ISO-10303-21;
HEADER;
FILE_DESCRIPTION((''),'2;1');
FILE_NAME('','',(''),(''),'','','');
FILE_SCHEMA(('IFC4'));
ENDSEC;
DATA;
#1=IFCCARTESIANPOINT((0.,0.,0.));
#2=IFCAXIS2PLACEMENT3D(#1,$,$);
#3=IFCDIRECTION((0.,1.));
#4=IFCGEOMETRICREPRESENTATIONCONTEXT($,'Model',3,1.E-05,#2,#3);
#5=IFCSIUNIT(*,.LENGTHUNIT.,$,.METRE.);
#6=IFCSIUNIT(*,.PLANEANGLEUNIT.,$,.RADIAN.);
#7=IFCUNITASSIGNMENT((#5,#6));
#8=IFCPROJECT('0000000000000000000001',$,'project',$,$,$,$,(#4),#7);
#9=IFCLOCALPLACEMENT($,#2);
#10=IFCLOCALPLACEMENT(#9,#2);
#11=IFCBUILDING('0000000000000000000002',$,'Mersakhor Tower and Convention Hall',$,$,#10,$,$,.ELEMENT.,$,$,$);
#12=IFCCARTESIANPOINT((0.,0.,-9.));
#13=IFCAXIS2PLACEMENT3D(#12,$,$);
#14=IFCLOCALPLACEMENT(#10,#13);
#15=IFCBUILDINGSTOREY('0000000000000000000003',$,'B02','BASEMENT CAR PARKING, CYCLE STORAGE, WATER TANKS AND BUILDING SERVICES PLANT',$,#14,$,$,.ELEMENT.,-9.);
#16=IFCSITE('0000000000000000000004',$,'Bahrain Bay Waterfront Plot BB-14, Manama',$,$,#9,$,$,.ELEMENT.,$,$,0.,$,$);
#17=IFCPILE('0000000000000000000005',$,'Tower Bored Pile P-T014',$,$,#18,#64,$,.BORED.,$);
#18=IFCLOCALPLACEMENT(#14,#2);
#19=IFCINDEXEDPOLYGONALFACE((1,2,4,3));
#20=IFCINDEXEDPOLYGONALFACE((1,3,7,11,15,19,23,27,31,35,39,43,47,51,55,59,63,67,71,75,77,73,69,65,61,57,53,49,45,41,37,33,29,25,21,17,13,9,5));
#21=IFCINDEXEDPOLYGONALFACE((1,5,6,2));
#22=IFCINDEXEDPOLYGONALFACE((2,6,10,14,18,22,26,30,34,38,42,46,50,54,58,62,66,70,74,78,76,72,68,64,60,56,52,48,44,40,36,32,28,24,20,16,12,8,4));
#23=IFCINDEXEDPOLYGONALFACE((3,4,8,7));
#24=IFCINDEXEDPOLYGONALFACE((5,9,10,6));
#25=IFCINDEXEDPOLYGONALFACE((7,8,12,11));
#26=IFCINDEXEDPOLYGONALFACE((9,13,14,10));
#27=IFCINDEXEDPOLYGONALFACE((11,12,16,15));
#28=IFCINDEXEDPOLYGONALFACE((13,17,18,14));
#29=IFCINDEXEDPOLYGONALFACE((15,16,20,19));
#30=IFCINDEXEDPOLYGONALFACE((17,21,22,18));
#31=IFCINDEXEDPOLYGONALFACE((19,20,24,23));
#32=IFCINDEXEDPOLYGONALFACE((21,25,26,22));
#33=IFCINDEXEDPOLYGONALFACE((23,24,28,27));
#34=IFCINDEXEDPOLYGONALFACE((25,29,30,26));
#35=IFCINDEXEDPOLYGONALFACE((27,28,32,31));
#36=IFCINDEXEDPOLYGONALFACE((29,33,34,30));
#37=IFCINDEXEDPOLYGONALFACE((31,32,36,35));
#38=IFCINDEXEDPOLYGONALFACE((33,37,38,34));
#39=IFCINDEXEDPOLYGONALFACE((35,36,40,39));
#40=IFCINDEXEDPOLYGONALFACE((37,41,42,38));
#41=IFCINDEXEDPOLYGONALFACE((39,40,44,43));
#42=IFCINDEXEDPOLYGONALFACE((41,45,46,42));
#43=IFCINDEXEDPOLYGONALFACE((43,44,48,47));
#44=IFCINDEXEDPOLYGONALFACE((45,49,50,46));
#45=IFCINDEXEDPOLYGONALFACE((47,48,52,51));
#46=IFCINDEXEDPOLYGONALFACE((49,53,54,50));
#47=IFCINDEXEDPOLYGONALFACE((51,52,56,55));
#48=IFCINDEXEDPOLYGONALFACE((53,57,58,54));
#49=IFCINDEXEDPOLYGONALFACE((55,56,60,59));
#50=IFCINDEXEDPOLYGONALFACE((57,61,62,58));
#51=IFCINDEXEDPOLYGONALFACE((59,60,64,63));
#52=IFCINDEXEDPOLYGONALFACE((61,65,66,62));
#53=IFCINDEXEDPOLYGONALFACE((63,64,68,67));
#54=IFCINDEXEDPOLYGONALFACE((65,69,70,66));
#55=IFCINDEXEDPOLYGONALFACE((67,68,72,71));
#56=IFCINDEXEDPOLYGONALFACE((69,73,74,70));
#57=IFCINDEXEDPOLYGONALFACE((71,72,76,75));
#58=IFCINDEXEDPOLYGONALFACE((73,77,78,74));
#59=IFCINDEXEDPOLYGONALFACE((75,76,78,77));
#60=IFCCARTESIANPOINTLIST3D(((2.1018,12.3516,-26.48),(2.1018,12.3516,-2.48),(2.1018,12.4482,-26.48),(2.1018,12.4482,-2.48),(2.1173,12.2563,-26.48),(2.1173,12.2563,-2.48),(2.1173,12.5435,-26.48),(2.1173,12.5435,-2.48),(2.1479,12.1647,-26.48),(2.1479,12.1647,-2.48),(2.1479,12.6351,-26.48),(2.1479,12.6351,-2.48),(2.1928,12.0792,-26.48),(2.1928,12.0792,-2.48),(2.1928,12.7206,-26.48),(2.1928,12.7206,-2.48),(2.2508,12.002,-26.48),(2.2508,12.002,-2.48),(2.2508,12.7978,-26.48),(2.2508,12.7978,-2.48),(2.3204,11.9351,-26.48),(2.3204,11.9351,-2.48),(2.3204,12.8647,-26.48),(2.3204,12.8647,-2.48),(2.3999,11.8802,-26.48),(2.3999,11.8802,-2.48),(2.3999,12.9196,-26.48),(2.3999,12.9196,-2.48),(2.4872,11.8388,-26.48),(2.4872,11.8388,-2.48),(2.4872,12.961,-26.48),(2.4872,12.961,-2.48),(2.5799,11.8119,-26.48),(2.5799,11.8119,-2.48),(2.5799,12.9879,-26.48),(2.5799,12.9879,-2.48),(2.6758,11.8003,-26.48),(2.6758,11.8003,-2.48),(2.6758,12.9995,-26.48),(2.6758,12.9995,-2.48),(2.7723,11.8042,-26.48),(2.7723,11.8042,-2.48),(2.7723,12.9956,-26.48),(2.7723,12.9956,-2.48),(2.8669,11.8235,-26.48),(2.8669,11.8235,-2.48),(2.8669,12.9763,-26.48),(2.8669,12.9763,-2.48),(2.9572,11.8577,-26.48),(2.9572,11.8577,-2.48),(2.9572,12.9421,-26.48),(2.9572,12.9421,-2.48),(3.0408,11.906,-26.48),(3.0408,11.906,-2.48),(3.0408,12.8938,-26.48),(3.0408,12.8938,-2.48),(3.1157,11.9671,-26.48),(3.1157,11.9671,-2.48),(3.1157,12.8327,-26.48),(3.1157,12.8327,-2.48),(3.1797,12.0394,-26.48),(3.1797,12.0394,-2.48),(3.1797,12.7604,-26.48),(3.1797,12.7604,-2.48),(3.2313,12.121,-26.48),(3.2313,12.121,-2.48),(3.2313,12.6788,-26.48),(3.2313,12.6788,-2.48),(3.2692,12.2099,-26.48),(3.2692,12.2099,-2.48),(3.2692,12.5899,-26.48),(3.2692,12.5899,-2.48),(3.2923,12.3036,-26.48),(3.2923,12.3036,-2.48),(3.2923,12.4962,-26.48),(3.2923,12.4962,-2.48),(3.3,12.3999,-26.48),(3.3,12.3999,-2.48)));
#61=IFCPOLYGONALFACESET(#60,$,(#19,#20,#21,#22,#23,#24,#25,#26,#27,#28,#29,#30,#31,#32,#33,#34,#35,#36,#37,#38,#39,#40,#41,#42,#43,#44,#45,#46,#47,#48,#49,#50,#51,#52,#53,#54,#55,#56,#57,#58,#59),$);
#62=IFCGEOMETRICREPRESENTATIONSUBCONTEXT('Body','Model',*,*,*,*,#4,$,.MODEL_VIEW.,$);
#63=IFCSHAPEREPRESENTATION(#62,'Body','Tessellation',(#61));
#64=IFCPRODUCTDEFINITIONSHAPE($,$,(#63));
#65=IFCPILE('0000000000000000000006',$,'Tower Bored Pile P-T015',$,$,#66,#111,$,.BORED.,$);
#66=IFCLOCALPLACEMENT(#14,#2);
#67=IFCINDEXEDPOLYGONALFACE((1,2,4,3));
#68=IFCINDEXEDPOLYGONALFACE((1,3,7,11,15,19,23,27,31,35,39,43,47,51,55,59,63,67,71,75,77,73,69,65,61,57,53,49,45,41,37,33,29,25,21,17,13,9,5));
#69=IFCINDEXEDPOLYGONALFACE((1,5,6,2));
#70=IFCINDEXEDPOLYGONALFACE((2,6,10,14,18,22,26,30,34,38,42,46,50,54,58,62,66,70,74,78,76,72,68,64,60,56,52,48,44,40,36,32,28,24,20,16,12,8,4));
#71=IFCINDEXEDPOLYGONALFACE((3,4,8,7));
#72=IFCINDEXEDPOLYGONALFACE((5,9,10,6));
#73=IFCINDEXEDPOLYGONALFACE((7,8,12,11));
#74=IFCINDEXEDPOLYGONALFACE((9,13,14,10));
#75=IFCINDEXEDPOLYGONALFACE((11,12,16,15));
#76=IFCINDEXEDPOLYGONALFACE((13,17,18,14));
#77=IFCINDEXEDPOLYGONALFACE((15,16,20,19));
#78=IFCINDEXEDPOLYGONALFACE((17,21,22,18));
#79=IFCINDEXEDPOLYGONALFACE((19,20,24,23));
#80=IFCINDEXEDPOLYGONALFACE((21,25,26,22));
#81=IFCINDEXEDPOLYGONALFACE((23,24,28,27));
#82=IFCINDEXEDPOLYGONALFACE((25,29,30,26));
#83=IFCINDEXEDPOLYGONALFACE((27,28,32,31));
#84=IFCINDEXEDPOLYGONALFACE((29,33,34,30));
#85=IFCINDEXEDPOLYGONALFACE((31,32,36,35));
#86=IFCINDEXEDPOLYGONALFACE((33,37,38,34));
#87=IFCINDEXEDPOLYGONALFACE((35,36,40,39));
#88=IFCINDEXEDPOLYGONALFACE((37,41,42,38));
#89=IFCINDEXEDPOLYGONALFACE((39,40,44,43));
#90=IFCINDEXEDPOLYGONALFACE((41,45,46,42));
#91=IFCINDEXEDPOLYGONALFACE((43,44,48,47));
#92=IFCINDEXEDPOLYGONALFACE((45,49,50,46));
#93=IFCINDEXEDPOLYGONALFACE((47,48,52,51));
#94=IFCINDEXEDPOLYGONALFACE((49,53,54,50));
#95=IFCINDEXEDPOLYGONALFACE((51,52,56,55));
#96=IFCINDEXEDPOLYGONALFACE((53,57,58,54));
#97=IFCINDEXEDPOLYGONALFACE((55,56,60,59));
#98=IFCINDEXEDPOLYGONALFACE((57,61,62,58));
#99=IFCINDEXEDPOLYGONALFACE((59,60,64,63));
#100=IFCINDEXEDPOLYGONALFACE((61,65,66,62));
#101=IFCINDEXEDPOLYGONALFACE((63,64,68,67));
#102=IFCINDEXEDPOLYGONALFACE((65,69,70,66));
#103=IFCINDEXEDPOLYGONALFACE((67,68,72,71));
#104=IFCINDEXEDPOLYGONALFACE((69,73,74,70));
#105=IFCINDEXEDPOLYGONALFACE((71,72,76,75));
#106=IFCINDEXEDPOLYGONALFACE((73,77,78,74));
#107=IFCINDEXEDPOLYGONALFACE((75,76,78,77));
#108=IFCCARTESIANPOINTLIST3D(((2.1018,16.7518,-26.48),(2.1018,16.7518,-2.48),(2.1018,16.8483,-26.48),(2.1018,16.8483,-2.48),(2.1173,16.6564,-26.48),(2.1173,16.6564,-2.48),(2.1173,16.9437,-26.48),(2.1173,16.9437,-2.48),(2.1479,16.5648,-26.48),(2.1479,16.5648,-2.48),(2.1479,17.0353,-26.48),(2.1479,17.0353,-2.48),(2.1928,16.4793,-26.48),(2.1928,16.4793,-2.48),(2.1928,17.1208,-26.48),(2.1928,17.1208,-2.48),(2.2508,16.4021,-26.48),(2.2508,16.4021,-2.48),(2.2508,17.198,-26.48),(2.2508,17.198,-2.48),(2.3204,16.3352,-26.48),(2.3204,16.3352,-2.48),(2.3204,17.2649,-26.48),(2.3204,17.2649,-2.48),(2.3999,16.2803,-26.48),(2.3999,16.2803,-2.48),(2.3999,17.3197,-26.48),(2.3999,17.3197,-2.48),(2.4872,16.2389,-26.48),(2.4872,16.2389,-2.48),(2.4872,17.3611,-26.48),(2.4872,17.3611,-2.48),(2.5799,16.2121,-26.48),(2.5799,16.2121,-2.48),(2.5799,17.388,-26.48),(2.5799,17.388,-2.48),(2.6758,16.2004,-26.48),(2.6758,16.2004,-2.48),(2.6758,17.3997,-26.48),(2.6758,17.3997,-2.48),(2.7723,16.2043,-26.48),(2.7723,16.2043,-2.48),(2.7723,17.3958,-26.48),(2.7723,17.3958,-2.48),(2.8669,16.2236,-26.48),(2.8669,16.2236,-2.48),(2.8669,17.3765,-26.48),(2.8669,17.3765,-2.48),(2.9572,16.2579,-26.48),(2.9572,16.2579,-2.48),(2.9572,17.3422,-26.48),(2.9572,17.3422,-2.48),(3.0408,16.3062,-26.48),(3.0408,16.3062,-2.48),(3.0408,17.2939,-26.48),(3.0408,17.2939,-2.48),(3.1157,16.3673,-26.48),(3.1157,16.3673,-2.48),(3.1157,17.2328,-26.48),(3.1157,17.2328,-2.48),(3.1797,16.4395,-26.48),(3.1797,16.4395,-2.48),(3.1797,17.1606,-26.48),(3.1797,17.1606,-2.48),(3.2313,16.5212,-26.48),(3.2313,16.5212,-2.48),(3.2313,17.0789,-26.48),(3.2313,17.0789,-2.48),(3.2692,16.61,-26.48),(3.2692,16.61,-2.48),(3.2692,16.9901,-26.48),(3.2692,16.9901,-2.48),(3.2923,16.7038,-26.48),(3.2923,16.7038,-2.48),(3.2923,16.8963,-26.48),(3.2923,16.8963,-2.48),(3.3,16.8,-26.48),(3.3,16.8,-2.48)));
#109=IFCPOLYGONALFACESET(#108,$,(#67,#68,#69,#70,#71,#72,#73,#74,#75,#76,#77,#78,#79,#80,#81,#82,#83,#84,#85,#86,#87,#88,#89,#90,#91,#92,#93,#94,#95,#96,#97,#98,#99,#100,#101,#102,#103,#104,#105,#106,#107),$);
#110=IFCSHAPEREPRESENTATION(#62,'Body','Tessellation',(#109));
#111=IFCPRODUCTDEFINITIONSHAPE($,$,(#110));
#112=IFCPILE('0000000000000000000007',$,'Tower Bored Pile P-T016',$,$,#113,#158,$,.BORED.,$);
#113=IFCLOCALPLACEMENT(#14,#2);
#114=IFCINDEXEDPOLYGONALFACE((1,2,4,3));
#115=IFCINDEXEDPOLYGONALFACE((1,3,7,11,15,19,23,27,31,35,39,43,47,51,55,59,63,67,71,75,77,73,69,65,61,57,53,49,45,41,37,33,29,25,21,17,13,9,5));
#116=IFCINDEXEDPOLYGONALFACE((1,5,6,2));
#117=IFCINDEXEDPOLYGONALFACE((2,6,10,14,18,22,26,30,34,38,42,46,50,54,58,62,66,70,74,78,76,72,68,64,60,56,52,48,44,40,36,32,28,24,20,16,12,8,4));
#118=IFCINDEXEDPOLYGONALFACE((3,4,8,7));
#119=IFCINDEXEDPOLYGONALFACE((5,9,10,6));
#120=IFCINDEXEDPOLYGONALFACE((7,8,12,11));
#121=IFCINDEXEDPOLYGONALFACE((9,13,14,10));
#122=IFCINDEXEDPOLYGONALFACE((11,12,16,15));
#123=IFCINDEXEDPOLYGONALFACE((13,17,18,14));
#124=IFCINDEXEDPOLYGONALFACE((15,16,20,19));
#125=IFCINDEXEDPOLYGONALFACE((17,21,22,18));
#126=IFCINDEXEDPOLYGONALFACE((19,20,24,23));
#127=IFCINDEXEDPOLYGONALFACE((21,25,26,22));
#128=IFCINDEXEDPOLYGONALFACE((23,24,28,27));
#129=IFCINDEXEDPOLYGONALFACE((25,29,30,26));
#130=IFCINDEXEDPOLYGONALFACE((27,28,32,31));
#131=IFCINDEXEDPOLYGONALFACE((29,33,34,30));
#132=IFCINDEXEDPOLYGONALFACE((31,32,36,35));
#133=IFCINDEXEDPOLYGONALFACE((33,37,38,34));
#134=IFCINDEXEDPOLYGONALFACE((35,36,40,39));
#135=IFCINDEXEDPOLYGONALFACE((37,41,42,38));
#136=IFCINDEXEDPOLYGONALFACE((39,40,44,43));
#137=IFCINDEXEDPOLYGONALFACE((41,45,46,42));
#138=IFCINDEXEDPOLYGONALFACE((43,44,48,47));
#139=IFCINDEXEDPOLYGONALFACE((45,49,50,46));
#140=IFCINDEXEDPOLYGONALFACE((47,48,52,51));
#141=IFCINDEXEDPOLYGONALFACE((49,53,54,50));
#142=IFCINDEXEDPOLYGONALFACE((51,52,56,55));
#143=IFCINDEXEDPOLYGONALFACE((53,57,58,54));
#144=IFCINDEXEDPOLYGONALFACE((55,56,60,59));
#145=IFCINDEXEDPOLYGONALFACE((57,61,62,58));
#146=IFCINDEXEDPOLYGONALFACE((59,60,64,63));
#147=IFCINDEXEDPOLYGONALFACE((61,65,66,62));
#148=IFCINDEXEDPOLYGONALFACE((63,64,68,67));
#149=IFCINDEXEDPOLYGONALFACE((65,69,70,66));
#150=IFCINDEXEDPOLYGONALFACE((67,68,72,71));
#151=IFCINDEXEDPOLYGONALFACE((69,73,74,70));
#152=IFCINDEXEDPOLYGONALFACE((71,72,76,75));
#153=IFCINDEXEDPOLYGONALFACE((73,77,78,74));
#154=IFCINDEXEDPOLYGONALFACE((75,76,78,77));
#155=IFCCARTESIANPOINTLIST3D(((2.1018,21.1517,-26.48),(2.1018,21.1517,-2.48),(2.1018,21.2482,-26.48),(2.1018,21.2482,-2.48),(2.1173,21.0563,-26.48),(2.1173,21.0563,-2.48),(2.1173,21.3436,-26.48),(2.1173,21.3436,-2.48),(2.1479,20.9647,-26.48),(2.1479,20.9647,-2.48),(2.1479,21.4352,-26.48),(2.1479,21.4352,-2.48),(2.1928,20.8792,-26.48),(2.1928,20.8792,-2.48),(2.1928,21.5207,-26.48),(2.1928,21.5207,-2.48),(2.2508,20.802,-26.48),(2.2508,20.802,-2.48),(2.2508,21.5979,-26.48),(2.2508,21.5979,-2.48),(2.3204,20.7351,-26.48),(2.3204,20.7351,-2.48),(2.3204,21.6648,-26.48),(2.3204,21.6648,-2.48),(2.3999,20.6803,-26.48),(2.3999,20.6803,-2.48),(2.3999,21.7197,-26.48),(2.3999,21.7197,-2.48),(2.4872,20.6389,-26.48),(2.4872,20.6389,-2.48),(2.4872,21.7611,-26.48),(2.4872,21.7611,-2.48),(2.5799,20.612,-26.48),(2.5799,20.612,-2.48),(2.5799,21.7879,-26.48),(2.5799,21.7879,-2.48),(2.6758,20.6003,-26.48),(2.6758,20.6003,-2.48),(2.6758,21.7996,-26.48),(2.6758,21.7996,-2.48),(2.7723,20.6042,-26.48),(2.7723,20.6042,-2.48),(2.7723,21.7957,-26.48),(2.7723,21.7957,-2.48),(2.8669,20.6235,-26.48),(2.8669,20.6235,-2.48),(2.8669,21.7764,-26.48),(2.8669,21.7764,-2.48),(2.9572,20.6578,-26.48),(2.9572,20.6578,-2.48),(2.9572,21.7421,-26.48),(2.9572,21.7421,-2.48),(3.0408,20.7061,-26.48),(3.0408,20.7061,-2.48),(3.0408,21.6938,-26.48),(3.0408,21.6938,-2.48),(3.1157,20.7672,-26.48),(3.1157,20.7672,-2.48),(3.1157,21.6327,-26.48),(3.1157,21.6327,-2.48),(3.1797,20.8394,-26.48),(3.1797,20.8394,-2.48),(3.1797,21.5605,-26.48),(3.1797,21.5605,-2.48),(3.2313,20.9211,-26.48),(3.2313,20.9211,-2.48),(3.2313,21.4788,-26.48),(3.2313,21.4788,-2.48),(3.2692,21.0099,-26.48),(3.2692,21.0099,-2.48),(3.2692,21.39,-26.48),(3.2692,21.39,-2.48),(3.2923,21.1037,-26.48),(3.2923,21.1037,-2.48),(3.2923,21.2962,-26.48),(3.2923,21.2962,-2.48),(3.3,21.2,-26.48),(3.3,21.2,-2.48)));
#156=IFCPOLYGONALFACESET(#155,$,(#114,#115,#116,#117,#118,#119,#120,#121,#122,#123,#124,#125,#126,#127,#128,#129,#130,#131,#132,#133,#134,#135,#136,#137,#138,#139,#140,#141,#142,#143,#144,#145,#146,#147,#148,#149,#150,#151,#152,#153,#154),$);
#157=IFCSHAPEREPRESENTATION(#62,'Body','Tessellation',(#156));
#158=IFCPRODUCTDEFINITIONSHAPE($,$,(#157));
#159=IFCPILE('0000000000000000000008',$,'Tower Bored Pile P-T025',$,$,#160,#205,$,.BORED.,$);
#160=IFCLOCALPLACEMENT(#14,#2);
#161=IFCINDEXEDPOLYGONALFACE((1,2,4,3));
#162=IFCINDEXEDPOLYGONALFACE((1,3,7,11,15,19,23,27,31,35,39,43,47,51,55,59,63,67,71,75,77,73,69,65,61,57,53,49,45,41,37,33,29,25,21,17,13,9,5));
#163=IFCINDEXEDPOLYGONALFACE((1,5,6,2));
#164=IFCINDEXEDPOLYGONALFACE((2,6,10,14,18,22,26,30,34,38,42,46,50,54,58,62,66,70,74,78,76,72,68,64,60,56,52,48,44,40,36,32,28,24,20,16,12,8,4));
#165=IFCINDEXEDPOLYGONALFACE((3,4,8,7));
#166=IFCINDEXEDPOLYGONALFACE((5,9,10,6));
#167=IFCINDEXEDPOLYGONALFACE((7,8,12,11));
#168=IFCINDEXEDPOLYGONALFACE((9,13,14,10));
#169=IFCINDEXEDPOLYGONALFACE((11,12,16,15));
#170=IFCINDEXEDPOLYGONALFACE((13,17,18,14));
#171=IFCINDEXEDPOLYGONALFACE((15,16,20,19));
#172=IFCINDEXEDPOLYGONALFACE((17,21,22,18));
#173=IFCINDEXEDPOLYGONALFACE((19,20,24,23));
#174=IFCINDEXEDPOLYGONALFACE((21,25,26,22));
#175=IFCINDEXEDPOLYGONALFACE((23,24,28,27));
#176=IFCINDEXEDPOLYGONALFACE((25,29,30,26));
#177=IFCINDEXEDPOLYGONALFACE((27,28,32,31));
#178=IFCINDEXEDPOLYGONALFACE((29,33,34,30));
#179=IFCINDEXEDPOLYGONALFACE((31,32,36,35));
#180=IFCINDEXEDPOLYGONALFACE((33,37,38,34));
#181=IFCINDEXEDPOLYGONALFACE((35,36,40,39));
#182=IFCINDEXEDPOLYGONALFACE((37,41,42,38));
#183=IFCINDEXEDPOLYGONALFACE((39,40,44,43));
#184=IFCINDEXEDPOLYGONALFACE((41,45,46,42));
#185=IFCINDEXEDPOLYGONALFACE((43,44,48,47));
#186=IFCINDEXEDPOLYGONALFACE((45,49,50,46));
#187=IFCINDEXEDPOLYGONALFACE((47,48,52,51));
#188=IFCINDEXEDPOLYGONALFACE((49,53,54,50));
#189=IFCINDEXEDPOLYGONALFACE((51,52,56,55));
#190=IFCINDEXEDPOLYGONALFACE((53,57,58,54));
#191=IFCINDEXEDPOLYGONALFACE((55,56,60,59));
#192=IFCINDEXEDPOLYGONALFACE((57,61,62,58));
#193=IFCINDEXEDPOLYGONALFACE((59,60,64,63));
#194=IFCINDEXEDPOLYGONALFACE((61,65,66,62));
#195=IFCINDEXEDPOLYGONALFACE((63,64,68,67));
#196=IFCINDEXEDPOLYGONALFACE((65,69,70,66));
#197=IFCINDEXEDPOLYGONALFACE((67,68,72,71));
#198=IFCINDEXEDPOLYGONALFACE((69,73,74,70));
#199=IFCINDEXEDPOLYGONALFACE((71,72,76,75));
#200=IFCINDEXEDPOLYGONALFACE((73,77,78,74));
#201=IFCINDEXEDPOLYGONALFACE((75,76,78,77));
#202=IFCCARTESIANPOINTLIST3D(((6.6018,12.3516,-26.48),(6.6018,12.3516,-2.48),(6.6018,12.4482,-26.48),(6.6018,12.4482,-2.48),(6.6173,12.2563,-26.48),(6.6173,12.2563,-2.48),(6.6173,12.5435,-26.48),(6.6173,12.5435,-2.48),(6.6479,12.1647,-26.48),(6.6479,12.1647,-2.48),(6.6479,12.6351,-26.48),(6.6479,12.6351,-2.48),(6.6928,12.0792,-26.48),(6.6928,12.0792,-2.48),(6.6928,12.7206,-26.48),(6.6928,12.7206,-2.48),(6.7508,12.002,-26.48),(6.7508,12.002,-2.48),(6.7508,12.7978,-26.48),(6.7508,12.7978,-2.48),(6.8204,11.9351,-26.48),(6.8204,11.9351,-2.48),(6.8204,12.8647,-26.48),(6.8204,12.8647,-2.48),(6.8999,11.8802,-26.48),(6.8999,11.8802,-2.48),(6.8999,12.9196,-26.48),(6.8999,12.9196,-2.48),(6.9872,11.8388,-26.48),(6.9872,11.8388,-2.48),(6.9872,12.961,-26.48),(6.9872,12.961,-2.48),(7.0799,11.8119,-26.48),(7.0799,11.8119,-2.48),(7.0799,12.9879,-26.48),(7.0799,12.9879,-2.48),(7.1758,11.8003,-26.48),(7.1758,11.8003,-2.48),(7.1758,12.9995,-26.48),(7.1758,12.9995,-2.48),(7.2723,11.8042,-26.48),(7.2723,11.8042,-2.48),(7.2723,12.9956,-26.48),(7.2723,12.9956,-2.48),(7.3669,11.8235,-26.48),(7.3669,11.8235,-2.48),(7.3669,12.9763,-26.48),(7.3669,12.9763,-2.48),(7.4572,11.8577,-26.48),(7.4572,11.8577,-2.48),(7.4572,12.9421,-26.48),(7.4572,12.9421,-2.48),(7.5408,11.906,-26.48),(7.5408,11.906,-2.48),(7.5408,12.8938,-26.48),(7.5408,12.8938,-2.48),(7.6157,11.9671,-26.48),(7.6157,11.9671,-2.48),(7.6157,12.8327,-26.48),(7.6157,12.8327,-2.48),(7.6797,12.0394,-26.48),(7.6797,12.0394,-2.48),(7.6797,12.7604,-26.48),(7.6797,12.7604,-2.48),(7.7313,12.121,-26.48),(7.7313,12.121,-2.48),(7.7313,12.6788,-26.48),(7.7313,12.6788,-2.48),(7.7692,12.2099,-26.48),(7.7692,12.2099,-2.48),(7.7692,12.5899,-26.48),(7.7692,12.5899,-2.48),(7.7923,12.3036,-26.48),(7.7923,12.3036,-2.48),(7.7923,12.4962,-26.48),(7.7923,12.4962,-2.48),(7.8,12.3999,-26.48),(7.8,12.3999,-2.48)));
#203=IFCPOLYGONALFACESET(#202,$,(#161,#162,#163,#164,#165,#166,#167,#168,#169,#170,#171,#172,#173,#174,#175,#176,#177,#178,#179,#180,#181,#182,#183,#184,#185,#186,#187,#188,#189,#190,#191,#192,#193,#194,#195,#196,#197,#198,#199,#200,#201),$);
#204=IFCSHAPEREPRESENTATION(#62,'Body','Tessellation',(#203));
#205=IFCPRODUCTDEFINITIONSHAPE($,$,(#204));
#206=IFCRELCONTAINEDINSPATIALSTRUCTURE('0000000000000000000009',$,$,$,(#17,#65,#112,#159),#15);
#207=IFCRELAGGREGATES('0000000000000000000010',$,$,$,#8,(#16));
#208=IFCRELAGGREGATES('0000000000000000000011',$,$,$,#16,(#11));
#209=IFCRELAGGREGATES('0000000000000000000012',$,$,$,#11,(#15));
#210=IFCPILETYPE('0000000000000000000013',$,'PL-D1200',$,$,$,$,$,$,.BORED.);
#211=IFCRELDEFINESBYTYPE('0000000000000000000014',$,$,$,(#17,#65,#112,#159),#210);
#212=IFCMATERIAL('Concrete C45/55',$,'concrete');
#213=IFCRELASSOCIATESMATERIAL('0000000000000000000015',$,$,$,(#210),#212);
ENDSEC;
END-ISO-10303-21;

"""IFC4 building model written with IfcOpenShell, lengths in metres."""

from ifc_helpers import new_model, si_unit, direction, frame, origin, origin_2d, place, context, subcontext, project, spatial, circle, extrude, material, material_profile, profile_set, type_object, element, save


model = new_model("IFC4")

# Units and contexts
model_context = context("Model", 3, precision=1e-05, world=origin(), true_north=direction((0.0, 1.0)))
body_context = subcontext(model_context, "Body", "Model", "MODEL_VIEW")
ifc_project = project(units=[si_unit("LENGTHUNIT", "METRE"), si_unit("PLANEANGLEUNIT", "RADIAN")], contexts=[model_context])

# Site, building, storey
site_placement = place(None, origin())
site = spatial("IfcSite", under=ifc_project, at=site_placement, Name="Bahrain Bay Waterfront Plot BB-14, Manama", CompositionType="ELEMENT", RefElevation=0.0)
building_placement = place(site_placement, origin())
building = spatial("IfcBuilding", under=site, at=building_placement, Name="Mersakhor Tower and Convention Hall", CompositionType="ELEMENT")
storey_placement = place(building_placement, frame((0.0, 0.0, -9.0)))
storey = spatial("IfcBuildingStorey", under=building, at=storey_placement, Name="B02", Description="BASEMENT CAR PARKING, CYCLE STORAGE, WATER TANKS AND BUILDING SERVICES PLANT", CompositionType="ELEMENT", Elevation=-9.0)

# Piles
ifc_material_1 = material(Name="Concrete C45/55", Category="concrete")
ifc_material_profile_1 = material_profile(ifc_material_1, circle(Radius=0.6001, at=origin_2d()), Name="PILE D1200")
ifc_profile_set_1 = profile_set([ifc_material_profile_1], Name="Concrete C45/55")
pile_type = type_object("IfcPileType", Name="PL-D1200", PredefinedType="BORED", material=ifc_profile_set_1)
for number, where, z_axis, x_axis, name in (
    (1, (2.7, 12.3999, -2.48), (0.0, 0.0, -1.0), (1.0, 0.0, 0.0), "Tower Bored Pile P-T014"),
    (2, (2.7, 16.8, -2.48), (0.0, 0.0, -1.0), (1.0, 0.0, 0.0), "Tower Bored Pile P-T015"),
    (3, (2.7, 21.2, -2.48), (0.0, 0.0, -1.0), (1.0, 0.0, 0.0), "Tower Bored Pile P-T016"),
    (4, (7.2, 12.3999, -2.48), (0.0, 0.0, -1.0), (1.0, 0.0, 0.0), "Tower Bored Pile P-T025"),
):
    element("IfcPile", number, at=place(storey_placement, frame(where, z_axis=z_axis, x_axis=x_axis)), inside=storey, type_object=pile_type, Name=name, PredefinedType="BORED", context=body_context, shape_type="SweptSolid", body=[
        extrude(circle(Radius=0.6001, at=origin_2d()), origin(), (0.0, 0.0, 1.0), 24.0),
    ])

save(model, "model.ifc")
